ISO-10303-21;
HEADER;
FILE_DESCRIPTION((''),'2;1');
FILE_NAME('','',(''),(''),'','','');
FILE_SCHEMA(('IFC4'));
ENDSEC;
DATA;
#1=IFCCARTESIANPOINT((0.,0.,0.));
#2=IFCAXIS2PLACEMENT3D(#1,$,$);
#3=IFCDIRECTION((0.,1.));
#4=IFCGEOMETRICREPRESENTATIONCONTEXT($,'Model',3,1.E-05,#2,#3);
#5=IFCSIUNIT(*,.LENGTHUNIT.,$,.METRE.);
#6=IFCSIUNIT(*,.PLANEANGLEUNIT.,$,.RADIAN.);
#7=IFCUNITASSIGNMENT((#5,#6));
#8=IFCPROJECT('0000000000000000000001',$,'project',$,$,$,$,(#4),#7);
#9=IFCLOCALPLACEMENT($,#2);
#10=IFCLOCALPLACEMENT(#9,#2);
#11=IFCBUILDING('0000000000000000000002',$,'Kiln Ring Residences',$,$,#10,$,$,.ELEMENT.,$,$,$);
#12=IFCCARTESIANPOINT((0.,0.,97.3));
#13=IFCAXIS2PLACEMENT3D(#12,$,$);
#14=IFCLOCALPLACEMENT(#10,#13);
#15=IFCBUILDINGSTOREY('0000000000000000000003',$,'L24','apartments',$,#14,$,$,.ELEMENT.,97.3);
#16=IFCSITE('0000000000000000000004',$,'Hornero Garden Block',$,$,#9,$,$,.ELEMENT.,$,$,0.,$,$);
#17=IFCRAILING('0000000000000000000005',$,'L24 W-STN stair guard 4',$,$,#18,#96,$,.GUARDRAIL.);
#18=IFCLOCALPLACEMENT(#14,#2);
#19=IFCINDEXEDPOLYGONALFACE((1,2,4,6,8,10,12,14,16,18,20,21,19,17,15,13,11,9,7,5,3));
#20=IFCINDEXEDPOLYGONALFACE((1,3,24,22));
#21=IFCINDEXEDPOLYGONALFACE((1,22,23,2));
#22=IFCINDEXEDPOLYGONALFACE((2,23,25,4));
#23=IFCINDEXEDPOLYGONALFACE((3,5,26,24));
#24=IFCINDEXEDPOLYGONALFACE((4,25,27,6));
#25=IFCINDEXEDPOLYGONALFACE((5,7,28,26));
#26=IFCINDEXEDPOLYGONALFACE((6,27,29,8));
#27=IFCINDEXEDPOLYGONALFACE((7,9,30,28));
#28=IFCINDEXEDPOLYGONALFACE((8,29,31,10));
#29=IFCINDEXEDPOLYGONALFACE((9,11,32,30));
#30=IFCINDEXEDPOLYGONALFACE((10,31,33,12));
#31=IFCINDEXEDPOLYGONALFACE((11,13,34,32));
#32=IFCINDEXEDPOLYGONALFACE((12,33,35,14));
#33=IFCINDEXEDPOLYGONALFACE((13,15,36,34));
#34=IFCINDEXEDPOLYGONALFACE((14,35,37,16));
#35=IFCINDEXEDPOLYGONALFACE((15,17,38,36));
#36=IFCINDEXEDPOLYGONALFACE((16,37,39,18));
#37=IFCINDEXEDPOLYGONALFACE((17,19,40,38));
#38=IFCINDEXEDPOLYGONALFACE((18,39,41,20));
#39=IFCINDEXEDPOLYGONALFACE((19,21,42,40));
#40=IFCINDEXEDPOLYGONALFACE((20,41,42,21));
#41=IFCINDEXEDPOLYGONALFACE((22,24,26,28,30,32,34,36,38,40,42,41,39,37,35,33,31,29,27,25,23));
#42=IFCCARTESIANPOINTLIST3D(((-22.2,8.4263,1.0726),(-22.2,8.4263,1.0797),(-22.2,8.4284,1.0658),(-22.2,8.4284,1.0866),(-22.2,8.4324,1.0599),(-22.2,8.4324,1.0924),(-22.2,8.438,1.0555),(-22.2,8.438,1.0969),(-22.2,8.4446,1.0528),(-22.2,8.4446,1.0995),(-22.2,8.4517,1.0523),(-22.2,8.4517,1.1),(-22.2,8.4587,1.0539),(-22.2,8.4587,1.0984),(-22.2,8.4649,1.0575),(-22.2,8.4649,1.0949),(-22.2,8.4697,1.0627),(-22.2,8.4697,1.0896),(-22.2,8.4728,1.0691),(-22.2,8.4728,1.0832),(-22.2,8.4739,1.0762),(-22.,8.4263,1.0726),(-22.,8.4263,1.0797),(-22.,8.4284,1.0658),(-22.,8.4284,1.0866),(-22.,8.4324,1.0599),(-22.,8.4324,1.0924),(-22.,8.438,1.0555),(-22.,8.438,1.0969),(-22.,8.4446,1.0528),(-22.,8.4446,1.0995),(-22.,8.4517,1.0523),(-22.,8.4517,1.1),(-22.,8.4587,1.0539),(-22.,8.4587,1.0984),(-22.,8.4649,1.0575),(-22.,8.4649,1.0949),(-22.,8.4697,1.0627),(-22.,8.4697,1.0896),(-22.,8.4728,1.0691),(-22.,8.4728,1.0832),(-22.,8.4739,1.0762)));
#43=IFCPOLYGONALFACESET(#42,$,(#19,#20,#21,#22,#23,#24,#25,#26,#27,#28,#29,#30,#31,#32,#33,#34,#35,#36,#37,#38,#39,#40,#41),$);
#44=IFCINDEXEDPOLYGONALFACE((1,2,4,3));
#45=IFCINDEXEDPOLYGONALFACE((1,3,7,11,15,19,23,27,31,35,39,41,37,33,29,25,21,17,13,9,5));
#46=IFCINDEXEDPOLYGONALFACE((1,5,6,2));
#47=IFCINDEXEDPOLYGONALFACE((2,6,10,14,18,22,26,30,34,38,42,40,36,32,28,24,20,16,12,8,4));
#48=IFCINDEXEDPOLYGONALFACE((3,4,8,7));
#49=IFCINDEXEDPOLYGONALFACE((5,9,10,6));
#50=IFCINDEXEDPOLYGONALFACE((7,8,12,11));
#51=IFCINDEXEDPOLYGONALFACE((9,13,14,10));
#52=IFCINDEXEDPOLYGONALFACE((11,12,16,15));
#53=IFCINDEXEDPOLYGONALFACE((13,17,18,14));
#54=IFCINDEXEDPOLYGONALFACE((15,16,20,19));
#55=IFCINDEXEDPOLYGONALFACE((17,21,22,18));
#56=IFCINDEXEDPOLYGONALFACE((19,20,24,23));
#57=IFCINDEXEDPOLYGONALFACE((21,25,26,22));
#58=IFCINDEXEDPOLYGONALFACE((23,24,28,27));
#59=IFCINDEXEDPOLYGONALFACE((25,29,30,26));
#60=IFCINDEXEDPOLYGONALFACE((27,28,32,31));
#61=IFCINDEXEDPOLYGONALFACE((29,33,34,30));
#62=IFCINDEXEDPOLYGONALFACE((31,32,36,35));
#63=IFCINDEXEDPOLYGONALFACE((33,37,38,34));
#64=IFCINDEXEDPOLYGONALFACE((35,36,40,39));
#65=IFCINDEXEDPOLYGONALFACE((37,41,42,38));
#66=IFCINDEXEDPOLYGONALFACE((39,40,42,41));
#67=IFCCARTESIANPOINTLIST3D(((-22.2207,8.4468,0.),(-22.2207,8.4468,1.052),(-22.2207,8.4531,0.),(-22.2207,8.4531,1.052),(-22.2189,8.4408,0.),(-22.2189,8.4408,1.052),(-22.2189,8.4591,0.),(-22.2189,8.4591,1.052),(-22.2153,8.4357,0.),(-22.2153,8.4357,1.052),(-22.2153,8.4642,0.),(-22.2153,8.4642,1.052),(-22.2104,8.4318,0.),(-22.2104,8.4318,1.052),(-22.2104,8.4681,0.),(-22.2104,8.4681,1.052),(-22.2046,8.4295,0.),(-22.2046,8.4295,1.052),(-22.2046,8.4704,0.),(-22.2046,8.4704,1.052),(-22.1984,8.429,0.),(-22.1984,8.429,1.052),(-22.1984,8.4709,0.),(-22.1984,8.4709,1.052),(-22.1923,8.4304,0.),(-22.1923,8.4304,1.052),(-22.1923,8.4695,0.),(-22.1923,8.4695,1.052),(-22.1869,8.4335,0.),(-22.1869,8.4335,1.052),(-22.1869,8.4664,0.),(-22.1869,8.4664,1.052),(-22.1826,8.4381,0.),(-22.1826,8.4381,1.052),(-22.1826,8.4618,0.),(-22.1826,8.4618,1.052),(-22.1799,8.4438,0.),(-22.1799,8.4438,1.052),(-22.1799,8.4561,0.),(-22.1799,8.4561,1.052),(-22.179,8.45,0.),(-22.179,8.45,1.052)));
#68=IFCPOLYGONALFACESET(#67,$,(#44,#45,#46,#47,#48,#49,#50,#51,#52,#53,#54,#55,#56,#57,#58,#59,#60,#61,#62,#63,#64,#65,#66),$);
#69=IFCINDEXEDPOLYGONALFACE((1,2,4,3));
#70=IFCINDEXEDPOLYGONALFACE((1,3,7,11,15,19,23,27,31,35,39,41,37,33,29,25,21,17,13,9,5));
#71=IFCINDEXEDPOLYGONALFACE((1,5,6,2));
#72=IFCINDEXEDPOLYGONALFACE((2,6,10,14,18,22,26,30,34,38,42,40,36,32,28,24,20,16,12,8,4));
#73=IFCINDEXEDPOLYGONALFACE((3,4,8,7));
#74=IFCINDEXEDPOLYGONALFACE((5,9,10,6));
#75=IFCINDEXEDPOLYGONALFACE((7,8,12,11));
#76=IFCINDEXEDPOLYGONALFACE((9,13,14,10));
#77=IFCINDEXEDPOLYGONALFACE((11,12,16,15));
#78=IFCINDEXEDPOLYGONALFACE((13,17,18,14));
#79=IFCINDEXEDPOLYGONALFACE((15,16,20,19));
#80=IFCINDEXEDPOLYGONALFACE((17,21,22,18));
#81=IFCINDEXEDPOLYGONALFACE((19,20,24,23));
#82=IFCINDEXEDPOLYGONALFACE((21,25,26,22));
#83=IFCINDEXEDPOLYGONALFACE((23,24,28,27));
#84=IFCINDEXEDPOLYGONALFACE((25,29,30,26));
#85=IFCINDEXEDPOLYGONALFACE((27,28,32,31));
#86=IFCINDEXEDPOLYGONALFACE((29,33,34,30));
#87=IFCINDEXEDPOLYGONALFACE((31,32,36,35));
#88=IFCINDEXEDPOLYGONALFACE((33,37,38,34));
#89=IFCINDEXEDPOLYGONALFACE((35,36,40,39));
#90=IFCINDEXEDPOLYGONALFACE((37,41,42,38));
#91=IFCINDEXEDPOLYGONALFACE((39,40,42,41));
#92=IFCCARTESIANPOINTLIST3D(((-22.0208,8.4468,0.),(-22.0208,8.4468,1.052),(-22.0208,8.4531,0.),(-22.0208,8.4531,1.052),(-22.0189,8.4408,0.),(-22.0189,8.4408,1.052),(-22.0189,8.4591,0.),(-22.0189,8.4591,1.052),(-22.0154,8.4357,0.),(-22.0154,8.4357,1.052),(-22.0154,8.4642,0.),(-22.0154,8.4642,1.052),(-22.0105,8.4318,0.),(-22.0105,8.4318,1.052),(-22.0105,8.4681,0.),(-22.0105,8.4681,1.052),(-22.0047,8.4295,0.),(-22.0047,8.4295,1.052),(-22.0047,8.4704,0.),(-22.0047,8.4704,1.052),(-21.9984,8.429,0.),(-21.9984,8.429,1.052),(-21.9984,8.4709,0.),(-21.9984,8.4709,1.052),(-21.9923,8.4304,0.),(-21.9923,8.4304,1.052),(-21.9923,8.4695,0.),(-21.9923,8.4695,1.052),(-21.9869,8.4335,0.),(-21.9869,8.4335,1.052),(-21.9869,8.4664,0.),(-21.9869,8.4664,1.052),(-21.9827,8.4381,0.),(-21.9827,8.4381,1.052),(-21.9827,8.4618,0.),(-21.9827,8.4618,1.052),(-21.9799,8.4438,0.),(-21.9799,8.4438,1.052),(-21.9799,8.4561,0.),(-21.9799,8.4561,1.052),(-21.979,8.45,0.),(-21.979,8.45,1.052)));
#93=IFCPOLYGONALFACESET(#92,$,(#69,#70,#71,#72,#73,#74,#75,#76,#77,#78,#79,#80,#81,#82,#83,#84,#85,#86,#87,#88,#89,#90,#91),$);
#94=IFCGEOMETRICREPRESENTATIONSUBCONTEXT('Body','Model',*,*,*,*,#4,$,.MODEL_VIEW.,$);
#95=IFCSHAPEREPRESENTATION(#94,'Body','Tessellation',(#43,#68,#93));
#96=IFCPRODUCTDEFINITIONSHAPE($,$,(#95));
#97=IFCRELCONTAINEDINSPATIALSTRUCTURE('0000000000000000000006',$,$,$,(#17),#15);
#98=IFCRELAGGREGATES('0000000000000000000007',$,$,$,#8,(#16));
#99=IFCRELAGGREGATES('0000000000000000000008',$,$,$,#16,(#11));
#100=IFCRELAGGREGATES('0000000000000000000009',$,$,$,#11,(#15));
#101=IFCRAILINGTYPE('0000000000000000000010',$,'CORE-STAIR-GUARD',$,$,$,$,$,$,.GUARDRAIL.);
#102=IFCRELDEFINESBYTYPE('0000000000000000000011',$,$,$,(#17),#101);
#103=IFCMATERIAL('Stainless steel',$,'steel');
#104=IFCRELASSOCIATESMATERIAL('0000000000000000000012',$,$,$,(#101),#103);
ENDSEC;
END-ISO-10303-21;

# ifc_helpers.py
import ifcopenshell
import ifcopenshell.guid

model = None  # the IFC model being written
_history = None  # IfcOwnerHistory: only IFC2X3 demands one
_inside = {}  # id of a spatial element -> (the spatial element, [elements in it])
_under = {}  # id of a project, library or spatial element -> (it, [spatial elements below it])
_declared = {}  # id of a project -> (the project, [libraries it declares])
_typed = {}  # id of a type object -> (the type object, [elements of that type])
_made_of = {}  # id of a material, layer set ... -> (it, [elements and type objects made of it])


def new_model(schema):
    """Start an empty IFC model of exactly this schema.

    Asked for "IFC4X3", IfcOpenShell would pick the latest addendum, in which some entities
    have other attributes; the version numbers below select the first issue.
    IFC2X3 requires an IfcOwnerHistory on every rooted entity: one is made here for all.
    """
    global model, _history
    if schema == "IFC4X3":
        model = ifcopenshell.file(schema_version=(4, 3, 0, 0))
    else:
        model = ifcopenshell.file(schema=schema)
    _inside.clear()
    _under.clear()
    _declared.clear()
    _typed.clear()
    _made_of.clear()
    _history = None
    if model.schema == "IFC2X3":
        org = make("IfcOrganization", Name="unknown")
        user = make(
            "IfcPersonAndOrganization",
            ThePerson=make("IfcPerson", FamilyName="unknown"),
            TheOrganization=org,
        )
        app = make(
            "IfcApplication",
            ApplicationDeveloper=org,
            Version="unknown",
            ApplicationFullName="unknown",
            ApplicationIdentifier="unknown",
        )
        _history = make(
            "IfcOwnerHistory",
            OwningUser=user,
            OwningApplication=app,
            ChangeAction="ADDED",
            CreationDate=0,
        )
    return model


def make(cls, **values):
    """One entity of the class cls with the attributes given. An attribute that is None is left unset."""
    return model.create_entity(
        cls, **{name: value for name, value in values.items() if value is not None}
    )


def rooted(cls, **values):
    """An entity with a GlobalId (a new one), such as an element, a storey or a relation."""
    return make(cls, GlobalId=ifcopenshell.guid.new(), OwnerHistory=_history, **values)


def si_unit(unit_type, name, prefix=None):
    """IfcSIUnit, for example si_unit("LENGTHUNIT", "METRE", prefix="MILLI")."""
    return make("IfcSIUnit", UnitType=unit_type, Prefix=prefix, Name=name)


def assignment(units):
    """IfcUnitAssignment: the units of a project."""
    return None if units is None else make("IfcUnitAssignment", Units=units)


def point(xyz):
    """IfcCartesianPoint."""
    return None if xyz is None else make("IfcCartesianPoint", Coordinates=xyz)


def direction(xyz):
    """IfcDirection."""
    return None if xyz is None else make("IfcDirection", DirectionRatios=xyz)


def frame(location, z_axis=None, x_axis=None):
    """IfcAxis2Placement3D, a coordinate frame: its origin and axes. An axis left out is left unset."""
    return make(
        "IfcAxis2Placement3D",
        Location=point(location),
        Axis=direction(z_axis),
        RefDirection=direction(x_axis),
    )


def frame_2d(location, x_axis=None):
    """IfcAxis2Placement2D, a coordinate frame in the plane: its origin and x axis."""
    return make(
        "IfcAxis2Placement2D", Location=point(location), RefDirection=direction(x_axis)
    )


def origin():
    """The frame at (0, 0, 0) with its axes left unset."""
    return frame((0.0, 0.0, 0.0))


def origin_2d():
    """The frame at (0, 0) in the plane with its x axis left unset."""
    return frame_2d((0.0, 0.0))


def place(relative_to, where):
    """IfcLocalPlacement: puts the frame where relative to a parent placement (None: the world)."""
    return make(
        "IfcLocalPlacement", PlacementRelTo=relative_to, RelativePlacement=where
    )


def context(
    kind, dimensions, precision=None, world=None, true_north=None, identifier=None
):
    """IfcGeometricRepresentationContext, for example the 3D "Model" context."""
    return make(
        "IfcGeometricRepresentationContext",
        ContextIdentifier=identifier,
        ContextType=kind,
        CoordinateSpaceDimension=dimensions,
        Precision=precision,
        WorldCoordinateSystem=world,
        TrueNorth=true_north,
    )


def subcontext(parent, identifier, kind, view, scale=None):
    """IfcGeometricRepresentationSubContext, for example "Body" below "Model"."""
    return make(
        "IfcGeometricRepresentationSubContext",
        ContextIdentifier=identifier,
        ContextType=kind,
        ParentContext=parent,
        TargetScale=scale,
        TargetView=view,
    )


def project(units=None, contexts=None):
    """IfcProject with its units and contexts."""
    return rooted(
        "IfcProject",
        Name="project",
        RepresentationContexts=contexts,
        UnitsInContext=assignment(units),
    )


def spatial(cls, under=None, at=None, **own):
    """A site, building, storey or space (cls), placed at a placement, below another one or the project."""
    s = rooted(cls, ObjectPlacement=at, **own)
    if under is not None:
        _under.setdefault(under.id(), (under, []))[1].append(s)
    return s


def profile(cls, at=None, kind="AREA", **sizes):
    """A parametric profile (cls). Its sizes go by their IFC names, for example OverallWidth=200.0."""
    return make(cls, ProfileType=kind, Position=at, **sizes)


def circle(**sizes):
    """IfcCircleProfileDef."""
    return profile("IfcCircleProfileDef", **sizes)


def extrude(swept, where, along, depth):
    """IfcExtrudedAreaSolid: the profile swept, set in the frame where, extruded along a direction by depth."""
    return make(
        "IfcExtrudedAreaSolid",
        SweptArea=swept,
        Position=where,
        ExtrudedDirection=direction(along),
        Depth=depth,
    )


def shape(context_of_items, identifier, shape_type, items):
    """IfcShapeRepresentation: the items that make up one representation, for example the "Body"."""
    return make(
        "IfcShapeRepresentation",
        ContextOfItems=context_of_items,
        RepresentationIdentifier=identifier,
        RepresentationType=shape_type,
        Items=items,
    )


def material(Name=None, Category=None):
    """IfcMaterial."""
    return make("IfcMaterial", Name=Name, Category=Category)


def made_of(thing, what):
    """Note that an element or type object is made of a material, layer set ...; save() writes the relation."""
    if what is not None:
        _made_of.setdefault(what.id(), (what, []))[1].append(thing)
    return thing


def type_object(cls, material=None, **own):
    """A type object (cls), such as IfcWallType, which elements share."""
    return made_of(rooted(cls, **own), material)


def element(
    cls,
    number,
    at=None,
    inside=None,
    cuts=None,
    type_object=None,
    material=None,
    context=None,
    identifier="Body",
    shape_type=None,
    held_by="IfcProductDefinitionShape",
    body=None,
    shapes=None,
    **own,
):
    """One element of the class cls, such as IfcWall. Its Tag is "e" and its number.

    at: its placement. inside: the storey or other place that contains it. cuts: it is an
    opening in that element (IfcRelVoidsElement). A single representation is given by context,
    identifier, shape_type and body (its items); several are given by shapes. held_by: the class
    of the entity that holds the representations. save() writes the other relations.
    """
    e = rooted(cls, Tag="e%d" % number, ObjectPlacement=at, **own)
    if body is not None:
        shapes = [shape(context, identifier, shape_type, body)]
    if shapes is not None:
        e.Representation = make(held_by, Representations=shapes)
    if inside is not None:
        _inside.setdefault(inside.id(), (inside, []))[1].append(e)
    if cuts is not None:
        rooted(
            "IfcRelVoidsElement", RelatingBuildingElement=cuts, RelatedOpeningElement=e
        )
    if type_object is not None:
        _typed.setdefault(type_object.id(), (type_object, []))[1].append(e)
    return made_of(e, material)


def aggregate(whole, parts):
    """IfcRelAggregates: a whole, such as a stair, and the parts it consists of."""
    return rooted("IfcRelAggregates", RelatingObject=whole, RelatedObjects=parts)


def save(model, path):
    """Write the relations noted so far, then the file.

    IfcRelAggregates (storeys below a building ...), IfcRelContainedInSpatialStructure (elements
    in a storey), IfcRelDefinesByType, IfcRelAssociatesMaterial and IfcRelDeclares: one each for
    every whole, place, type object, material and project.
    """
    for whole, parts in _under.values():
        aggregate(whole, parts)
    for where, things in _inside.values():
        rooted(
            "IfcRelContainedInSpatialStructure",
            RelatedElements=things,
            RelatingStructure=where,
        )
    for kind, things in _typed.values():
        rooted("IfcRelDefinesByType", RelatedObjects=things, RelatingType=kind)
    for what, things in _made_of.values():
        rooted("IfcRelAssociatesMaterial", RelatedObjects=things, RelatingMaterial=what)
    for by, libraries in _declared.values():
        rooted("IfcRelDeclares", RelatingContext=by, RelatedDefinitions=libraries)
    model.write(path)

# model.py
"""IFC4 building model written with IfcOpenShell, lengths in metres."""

from ifc_helpers import new_model, si_unit, direction, frame, origin, origin_2d, place, context, subcontext, project, spatial, circle, extrude, material, type_object, element, save


model = new_model("IFC4")

# Units and contexts
model_context = context("Model", 3, precision=1e-05, world=origin(), true_north=direction((0.0, 1.0)))
body_context = subcontext(model_context, "Body", "Model", "MODEL_VIEW")
ifc_project = project(units=[si_unit("LENGTHUNIT", "METRE"), si_unit("PLANEANGLEUNIT", "RADIAN")], contexts=[model_context])

# Site, building, storey
site_placement = place(None, origin())
site = spatial("IfcSite", under=ifc_project, at=site_placement, Name="Hornero Garden Block", CompositionType="ELEMENT", RefElevation=0.0)
building_placement = place(site_placement, origin())
building = spatial("IfcBuilding", under=site, at=building_placement, Name="Kiln Ring Residences", CompositionType="ELEMENT")
storey_placement = place(building_placement, frame((0.0, 0.0, 97.3)))
storey = spatial("IfcBuildingStorey", under=building, at=storey_placement, Name="L24", Description="apartments", CompositionType="ELEMENT", Elevation=97.3)

# Railing
ifc_material_1 = material(Name="Stainless steel", Category="steel")
railing_type_1 = type_object("IfcRailingType", Name="CORE-STAIR-GUARD", PredefinedType="GUARDRAIL", material=ifc_material_1)
railing_1_placement = place(storey_placement, frame((-22.2, 8.45, 0.0)))
element("IfcRailing", 1, at=railing_1_placement, inside=storey, type_object=railing_type_1, Name="L24 W-STN stair guard 4", PredefinedType="GUARDRAIL", context=body_context, shape_type="SweptSolid", body=[
    extrude(circle(Radius=0.0239, at=origin_2d()), frame((0.0, 0.0, 1.0762), z_axis=(1.0, 0.0, 0.0), x_axis=(0.0, 1.0, 0.0)), (0.0, 0.0, 1.0), 0.2),
    extrude(circle(Radius=0.021, at=origin_2d()), origin(), (0.0, 0.0, 1.0), 1.052),
    extrude(circle(Radius=0.021, at=origin_2d()), frame((0.2, 0.0, 0.0)), (0.0, 0.0, 1.0), 1.052),
])

save(model, "model.ifc")
